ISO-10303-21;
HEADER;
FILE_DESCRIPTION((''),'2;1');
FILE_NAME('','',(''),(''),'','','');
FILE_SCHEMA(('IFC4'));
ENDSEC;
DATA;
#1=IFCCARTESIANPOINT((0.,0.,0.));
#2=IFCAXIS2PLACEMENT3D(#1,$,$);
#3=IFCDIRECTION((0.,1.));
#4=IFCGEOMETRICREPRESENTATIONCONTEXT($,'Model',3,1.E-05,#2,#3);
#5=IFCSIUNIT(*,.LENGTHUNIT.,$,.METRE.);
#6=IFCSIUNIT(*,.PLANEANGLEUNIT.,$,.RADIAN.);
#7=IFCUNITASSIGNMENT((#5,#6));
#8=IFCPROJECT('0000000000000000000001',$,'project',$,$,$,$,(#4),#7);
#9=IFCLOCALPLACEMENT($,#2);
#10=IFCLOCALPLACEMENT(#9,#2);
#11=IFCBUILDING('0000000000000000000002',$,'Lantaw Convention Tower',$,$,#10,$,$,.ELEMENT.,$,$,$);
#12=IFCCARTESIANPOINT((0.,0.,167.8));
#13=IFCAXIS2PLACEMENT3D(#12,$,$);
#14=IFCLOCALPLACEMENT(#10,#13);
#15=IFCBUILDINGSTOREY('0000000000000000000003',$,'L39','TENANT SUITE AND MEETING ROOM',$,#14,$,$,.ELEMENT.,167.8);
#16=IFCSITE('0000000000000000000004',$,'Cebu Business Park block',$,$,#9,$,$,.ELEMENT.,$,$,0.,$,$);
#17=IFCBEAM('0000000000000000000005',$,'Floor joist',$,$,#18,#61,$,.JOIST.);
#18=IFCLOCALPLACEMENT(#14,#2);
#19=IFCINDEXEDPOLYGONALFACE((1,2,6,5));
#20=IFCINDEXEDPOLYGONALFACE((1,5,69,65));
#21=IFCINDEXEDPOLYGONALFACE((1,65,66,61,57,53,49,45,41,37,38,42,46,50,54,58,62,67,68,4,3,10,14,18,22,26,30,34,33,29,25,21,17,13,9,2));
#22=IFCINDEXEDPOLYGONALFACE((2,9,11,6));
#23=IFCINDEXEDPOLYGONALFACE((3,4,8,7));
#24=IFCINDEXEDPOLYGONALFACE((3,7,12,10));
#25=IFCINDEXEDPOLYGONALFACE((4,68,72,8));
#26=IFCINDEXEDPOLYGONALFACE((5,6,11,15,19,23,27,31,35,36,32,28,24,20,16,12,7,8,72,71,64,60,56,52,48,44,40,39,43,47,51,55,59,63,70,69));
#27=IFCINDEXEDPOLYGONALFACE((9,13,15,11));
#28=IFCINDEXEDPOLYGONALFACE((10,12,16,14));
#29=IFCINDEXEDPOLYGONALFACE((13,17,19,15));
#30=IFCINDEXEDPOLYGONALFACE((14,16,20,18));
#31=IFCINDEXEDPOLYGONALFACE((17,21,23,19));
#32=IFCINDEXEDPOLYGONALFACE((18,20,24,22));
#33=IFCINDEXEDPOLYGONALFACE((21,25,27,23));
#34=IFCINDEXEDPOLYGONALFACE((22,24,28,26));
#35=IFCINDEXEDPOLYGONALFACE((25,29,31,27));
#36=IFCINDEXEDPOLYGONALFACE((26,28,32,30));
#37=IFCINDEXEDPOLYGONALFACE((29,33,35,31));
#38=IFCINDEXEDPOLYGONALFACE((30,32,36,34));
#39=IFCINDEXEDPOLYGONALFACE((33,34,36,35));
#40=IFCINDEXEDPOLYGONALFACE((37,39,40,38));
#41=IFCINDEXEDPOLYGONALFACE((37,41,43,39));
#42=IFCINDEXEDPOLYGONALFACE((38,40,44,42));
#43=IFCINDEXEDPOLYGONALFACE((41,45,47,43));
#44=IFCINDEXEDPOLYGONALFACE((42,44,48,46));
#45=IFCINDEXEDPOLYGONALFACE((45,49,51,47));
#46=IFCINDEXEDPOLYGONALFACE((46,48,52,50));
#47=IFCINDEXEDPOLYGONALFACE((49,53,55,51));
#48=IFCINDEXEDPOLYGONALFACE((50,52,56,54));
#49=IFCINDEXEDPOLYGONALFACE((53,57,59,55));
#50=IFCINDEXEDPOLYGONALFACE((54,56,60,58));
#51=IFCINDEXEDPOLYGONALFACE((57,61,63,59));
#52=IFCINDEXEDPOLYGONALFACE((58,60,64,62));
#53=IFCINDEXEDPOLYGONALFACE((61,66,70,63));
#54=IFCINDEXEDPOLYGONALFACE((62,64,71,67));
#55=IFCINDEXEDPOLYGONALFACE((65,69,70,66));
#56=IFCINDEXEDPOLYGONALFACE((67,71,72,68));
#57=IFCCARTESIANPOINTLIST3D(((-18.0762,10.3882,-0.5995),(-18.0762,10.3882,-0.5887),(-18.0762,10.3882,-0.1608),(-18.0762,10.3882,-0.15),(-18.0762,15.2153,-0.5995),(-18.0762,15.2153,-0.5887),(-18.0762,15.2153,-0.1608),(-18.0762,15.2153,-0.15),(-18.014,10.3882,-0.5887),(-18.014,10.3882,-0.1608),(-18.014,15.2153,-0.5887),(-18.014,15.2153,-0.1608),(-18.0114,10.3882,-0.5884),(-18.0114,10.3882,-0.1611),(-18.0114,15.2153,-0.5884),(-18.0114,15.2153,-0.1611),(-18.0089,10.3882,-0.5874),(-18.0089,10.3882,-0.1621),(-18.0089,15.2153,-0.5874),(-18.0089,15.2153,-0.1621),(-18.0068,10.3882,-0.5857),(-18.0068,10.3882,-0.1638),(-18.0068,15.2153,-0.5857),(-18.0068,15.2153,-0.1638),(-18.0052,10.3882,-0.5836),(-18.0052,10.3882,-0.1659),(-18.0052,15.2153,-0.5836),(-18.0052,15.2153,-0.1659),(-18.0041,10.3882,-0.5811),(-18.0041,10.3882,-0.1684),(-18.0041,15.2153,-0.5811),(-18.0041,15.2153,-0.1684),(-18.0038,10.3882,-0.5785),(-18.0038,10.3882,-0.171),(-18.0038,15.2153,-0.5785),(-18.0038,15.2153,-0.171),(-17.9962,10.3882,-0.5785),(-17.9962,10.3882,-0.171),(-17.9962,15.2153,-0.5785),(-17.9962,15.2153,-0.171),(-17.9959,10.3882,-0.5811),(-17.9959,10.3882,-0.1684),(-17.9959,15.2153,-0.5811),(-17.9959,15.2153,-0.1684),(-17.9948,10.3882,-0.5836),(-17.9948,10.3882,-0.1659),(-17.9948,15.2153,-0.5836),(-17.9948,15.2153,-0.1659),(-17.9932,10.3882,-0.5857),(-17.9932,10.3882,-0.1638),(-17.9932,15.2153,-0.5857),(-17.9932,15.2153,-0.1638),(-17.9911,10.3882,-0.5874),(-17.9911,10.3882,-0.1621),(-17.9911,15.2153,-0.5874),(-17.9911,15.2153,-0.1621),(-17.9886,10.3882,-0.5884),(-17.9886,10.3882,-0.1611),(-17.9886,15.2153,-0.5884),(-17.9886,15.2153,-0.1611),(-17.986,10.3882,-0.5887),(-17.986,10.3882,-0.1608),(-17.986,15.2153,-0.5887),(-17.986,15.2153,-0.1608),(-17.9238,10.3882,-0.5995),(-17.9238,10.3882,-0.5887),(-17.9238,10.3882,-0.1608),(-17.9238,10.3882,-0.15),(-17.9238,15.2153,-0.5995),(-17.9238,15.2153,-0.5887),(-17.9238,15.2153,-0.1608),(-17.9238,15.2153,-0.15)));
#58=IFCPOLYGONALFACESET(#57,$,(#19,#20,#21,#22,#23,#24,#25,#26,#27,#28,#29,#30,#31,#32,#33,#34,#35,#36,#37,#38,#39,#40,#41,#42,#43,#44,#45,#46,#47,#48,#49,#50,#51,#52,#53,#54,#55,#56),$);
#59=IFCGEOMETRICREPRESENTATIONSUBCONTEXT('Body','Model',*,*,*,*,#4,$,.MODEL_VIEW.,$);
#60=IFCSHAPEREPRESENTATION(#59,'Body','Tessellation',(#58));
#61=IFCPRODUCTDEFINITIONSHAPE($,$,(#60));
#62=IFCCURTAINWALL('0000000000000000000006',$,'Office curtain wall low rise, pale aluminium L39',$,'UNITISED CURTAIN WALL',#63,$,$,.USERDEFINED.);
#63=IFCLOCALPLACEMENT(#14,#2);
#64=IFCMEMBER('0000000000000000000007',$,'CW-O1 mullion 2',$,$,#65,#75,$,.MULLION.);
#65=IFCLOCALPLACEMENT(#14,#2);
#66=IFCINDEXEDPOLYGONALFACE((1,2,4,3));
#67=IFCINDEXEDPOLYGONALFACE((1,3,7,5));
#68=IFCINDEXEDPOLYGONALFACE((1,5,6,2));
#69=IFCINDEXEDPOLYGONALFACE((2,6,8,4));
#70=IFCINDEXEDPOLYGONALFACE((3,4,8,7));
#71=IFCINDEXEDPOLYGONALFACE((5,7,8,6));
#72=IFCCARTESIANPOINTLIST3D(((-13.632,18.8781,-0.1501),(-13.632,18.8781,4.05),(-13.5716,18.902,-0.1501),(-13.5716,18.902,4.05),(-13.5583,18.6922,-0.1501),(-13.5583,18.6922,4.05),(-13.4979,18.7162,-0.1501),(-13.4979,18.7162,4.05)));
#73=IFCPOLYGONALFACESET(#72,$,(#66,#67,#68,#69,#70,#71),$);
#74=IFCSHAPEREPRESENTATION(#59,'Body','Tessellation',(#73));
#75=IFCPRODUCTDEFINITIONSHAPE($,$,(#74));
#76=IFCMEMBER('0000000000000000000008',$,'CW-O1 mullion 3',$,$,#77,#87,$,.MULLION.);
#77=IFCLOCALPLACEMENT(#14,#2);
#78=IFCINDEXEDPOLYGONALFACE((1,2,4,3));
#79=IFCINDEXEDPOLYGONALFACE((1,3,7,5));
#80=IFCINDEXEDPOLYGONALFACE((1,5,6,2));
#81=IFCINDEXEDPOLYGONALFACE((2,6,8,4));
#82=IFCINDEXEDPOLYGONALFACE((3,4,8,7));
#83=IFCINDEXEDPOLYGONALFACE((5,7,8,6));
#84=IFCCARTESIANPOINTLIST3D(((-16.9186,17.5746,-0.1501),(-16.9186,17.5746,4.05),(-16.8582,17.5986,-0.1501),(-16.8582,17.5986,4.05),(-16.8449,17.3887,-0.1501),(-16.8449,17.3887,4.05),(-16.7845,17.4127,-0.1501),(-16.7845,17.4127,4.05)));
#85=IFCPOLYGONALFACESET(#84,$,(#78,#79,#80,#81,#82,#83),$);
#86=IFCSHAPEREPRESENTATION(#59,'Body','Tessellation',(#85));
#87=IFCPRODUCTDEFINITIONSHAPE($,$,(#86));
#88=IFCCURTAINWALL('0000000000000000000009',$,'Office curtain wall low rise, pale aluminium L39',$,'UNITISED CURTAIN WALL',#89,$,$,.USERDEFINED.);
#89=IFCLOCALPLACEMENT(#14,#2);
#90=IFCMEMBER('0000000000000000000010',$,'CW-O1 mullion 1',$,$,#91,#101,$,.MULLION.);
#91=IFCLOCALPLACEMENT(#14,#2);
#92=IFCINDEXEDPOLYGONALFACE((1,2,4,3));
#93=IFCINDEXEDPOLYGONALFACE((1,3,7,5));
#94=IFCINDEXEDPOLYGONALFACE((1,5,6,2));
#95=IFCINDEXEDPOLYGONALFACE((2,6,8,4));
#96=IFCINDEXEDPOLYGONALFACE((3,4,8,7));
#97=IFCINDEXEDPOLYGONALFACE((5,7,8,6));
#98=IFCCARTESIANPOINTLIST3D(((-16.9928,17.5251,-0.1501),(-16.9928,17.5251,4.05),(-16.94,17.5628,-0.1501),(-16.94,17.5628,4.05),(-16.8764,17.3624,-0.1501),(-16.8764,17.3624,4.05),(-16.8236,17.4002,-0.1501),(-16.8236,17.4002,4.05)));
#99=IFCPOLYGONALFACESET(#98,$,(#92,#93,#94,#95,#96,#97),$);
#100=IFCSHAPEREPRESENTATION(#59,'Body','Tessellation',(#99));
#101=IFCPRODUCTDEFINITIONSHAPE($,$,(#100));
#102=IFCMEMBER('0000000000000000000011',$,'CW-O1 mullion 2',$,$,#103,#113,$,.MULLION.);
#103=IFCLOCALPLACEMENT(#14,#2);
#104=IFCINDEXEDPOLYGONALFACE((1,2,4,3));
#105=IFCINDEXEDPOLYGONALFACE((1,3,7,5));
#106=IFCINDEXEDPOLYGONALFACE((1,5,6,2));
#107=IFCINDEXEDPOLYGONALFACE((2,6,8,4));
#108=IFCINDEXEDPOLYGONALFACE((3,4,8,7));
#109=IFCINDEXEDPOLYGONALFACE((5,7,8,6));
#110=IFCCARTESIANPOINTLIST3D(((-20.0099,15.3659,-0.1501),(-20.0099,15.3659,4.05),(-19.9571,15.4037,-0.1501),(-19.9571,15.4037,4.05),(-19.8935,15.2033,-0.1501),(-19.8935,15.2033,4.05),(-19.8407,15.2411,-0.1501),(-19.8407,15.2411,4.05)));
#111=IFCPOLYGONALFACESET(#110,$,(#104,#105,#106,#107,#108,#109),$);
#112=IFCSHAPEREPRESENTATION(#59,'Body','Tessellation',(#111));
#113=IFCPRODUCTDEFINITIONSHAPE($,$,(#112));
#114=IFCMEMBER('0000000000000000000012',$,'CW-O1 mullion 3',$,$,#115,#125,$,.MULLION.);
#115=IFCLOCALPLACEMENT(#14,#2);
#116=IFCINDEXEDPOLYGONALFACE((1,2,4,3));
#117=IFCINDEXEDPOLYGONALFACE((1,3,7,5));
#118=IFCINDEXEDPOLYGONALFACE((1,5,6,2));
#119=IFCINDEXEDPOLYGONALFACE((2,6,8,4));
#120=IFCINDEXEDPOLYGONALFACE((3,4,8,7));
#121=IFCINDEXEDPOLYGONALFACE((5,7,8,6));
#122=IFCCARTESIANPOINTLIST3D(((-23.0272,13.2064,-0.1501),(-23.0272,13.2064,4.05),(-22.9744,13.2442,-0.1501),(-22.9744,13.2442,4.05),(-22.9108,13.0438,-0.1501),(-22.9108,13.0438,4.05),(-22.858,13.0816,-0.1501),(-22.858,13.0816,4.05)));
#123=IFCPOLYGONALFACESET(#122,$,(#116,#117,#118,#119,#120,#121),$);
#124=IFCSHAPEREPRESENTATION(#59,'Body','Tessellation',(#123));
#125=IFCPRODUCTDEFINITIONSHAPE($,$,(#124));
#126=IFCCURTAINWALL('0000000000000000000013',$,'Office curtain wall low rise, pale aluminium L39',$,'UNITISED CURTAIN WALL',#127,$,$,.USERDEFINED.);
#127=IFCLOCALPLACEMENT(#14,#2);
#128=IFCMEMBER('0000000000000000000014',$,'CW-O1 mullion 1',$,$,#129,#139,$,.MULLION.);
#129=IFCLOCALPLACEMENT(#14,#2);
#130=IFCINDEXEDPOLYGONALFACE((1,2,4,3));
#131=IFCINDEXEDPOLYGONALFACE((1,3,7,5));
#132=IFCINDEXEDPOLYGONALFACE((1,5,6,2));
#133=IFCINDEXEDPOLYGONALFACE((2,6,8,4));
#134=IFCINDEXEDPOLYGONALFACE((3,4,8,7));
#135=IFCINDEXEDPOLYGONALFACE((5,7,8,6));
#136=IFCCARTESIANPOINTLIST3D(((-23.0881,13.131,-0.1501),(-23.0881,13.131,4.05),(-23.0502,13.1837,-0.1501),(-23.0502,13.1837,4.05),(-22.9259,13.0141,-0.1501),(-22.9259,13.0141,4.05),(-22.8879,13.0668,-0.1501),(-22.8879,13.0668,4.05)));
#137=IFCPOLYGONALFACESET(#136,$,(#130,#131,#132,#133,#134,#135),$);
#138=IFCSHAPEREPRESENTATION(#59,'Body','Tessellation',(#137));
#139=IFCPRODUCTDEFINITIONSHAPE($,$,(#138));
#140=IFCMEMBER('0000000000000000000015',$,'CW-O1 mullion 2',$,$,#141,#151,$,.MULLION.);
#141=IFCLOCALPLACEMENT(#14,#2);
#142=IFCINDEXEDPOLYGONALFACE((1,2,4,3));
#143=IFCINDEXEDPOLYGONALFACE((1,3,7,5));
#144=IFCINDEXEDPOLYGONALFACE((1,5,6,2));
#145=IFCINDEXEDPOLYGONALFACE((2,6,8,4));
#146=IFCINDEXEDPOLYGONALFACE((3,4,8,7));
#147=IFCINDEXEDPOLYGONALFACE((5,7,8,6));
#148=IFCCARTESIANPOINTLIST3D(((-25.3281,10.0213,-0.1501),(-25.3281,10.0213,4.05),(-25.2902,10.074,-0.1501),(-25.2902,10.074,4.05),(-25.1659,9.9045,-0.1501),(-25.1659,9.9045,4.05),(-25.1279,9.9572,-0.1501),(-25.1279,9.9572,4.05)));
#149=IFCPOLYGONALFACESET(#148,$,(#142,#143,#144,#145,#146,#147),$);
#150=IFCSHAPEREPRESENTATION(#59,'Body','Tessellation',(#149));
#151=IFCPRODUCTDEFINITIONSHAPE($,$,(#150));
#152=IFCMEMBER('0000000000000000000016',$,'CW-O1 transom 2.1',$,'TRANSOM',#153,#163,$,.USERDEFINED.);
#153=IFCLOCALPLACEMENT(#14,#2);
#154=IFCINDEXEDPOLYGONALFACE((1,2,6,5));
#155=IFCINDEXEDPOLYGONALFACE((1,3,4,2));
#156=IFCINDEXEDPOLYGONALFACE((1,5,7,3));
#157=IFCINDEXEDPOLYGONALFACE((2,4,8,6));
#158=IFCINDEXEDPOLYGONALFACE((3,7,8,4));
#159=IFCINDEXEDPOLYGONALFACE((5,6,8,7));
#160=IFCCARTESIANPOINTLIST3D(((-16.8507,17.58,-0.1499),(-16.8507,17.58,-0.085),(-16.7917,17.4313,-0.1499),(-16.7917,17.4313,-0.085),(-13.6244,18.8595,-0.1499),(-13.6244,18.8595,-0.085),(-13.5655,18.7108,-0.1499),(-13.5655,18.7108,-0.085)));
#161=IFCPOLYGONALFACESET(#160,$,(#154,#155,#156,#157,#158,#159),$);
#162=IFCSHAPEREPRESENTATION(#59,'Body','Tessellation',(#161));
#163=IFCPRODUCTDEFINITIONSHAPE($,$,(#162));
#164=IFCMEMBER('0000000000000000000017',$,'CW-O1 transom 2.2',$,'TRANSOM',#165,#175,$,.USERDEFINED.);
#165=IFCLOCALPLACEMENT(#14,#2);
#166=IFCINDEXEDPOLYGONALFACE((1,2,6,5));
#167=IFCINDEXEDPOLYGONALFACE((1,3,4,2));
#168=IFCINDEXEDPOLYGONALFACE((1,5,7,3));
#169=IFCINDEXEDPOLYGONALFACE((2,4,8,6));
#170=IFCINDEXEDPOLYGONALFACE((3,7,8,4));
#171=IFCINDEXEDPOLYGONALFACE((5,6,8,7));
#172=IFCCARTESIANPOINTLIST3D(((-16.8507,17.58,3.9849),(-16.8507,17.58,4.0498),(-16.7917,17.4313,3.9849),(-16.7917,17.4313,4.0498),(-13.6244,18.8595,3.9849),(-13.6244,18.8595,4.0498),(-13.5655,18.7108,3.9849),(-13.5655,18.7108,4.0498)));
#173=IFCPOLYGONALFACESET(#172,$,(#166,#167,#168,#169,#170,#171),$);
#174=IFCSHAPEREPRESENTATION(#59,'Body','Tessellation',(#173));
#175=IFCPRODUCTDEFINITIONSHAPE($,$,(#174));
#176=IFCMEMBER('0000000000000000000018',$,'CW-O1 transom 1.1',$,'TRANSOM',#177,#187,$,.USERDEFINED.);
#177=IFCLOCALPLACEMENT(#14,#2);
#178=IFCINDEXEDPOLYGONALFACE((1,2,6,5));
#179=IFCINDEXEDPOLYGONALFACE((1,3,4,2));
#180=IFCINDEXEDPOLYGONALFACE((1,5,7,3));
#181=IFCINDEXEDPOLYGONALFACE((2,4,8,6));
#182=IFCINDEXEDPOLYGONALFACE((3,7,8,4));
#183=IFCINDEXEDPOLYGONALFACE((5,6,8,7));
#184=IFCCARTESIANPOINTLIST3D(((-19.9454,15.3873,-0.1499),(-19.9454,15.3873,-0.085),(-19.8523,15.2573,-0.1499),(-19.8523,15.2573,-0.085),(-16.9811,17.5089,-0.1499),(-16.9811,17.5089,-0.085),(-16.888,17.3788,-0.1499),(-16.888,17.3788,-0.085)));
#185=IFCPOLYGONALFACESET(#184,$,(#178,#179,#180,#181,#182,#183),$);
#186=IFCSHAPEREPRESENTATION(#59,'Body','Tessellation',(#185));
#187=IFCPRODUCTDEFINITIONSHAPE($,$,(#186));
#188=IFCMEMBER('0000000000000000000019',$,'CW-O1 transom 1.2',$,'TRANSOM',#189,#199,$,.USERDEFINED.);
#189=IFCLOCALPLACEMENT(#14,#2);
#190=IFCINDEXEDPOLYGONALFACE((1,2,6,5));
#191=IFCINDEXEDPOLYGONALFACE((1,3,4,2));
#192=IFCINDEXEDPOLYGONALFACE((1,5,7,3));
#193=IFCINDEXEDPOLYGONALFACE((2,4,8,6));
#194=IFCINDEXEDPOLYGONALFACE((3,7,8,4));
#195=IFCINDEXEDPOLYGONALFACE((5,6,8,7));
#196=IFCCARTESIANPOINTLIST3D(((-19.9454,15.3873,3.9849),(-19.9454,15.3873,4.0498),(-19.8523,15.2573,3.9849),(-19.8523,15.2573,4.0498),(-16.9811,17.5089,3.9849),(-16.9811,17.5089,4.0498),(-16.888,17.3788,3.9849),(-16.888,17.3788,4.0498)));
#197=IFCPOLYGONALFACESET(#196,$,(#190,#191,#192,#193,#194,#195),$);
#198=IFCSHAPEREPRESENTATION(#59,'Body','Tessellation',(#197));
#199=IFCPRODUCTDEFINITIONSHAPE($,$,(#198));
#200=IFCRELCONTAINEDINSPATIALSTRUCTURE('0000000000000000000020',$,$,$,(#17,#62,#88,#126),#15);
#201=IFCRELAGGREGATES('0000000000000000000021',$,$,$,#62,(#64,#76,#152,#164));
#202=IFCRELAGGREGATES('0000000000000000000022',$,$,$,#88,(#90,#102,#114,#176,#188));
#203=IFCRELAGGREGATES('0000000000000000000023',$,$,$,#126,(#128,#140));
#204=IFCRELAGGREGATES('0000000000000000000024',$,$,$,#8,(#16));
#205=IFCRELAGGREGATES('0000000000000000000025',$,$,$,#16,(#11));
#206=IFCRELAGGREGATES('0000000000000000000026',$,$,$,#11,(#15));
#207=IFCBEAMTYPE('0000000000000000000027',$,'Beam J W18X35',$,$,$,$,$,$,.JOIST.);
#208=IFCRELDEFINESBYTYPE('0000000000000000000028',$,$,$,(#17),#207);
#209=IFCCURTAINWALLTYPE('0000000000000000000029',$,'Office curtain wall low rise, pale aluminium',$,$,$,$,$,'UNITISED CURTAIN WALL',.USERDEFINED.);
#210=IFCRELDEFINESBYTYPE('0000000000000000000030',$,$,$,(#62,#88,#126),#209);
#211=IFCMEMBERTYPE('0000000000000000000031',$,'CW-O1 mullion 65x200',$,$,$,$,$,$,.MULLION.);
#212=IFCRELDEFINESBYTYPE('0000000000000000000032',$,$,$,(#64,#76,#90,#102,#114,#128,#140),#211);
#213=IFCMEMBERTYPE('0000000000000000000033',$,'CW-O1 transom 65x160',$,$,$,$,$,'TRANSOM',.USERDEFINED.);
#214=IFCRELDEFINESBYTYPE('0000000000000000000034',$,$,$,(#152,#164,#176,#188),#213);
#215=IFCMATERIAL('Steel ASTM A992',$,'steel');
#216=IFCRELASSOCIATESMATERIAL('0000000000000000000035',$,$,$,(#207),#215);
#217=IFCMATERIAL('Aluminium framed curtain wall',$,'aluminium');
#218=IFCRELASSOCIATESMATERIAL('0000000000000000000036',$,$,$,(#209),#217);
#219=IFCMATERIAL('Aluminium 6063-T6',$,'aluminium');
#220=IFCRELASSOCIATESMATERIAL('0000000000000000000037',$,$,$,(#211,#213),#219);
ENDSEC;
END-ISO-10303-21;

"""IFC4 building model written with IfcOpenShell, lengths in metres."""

from ifc_helpers import new_model, si_unit, direction, frame, origin, origin_2d, place, context, subcontext, project, spatial, rectangle, i_section, extrude, material, material_profile, profile_set, type_object, element, aggregate, save


model = new_model("IFC4")

# Units and contexts
model_context = context("Model", 3, precision=1e-05, world=origin(), true_north=direction((0.0, 1.0)))
body_context = subcontext(model_context, "Body", "Model", "MODEL_VIEW")
ifc_project = project(units=[si_unit("LENGTHUNIT", "METRE"), si_unit("PLANEANGLEUNIT", "RADIAN")], contexts=[model_context])

# Site, building, storey
site_placement = place(None, origin())
site = spatial("IfcSite", under=ifc_project, at=site_placement, Name="Cebu Business Park block", CompositionType="ELEMENT", RefElevation=0.0)
building_placement = place(site_placement, origin())
building = spatial("IfcBuilding", under=site, at=building_placement, Name="Lantaw Convention Tower", CompositionType="ELEMENT")
storey_placement = place(building_placement, frame((0.0, 0.0, 167.8)))
storey = spatial("IfcBuildingStorey", under=building, at=storey_placement, Name="L39", Description="TENANT SUITE AND MEETING ROOM", CompositionType="ELEMENT", Elevation=167.8)

# Beam
ifc_material_1 = material(Name="Steel ASTM A992", Category="steel")
ifc_material_profile_1 = material_profile(ifc_material_1, i_section(OverallWidth=0.1523, OverallDepth=0.4495, WebThickness=0.0076, FlangeThickness=0.0107, FilletRadius=0.0103, at=origin_2d()), Name="W18X35")
ifc_profile_set_1 = profile_set([ifc_material_profile_1], Name="Steel ASTM A992")
beam_type_1 = type_object("IfcBeamType", Name="Beam J W18X35", PredefinedType="JOIST", material=ifc_profile_set_1)
beam_1_placement = place(storey_placement, frame((-18.0, 10.3882, -0.3748), z_axis=(0.0, 1.0, 0.0), x_axis=(-1.0, 0.0, 0.0)))
element("IfcBeam", 1, at=beam_1_placement, inside=storey, type_object=beam_type_1, Name="Floor joist", PredefinedType="JOIST", context=body_context, shape_type="SweptSolid", body=[
    extrude(i_section(OverallWidth=0.1523, OverallDepth=0.4495, WebThickness=0.0076, FlangeThickness=0.0107, FilletRadius=0.0103, at=origin_2d()), origin(), (0.0, 0.0, 1.0), 4.8271),
])

# Curtain walls, members
ifc_material_2 = material(Name="Aluminium framed curtain wall", Category="aluminium")
curtain_wall_type = type_object("IfcCurtainWallType", Name="Office curtain wall low rise, pale aluminium", ElementType="UNITISED CURTAIN WALL", PredefinedType="USERDEFINED", material=ifc_material_2)
curtain_wall_1_placement = place(storey_placement, origin())
curtain_wall_1 = element("IfcCurtainWall", 2, at=curtain_wall_1_placement, inside=storey, type_object=curtain_wall_type, Name="Office curtain wall low rise, pale aluminium L39", ObjectType="UNITISED CURTAIN WALL", PredefinedType="USERDEFINED")
ifc_material_3 = material(Name="Aluminium 6063-T6", Category="aluminium")
ifc_material_profile_2 = material_profile(ifc_material_3, rectangle(XDim=0.2, YDim=0.0649, at=origin_2d()), Name="CW-O1 mullion 65x200")
ifc_profile_set_2 = profile_set([ifc_material_profile_2], Name="Aluminium 6063-T6")
member_type_1 = type_object("IfcMemberType", Name="CW-O1 mullion 65x200", PredefinedType="MULLION", material=ifc_profile_set_2)
member_1_placement = place(storey_placement, frame((-13.5649, 18.7971, -0.1501), z_axis=(0.0, 0.0, 1.0), x_axis=(0.368702, -0.929548, 0.0)))
member_1 = element("IfcMember", 3, at=member_1_placement, type_object=member_type_1, Name="CW-O1 mullion 2", PredefinedType="MULLION", context=body_context, shape_type="SweptSolid", body=[
    extrude(rectangle(XDim=0.2, YDim=0.0649, at=origin_2d()), origin(), (0.0, 0.0, 1.0), 4.2002),
])
member_2_placement = place(storey_placement, frame((-16.8516, 17.4937, -0.1501), z_axis=(0.0, 0.0, 1.0), x_axis=(0.368702, -0.929548, 0.0)))
member_2 = element("IfcMember", 4, at=member_2_placement, type_object=member_type_1, Name="CW-O1 mullion 3", PredefinedType="MULLION", context=body_context, shape_type="SweptSolid", body=[
    extrude(rectangle(XDim=0.2, YDim=0.0649, at=origin_2d()), origin(), (0.0, 0.0, 1.0), 4.2002),
])
curtain_wall_2_placement = place(storey_placement, origin())
curtain_wall_2 = element("IfcCurtainWall", 5, at=curtain_wall_2_placement, inside=storey, type_object=curtain_wall_type, Name="Office curtain wall low rise, pale aluminium L39", ObjectType="UNITISED CURTAIN WALL", PredefinedType="USERDEFINED")
member_3_placement = place(storey_placement, frame((-16.9082, 17.4626, -0.1501), z_axis=(0.0, 0.0, 1.0), x_axis=(0.581973, -0.813208, 0.0)))
member_3 = element("IfcMember", 6, at=member_3_placement, type_object=member_type_1, Name="CW-O1 mullion 1", PredefinedType="MULLION", context=body_context, shape_type="SweptSolid", body=[
    extrude(rectangle(XDim=0.2, YDim=0.0649, at=origin_2d()), origin(), (0.0, 0.0, 1.0), 4.2002),
])
member_4_placement = place(storey_placement, frame((-19.9253, 15.3035, -0.1501), z_axis=(0.0, 0.0, 1.0), x_axis=(0.581973, -0.813208, 0.0)))
member_4 = element("IfcMember", 7, at=member_4_placement, type_object=member_type_1, Name="CW-O1 mullion 2", PredefinedType="MULLION", context=body_context, shape_type="SweptSolid", body=[
    extrude(rectangle(XDim=0.2, YDim=0.0649, at=origin_2d()), origin(), (0.0, 0.0, 1.0), 4.2002),
])
member_5_placement = place(storey_placement, frame((-22.9426, 13.144, -0.1501), z_axis=(0.0, 0.0, 1.0), x_axis=(0.581973, -0.813208, 0.0)))
member_5 = element("IfcMember", 8, at=member_5_placement, type_object=member_type_1, Name="CW-O1 mullion 3", PredefinedType="MULLION", context=body_context, shape_type="SweptSolid", body=[
    extrude(rectangle(XDim=0.2, YDim=0.0649, at=origin_2d()), origin(), (0.0, 0.0, 1.0), 4.2002),
])
curtain_wall_3_placement = place(storey_placement, origin())
curtain_wall_3 = element("IfcCurtainWall", 9, at=curtain_wall_3_placement, inside=storey, type_object=curtain_wall_type, Name="Office curtain wall low rise, pale aluminium L39", ObjectType="UNITISED CURTAIN WALL", PredefinedType="USERDEFINED")
member_6_placement = place(storey_placement, frame((-22.988, 13.0989, -0.1501), z_axis=(0.0, 0.0, 1.0), x_axis=(0.811385, -0.584513, 0.0)))
member_6 = element("IfcMember", 10, at=member_6_placement, type_object=member_type_1, Name="CW-O1 mullion 1", PredefinedType="MULLION", context=body_context, shape_type="SweptSolid", body=[
    extrude(rectangle(XDim=0.2, YDim=0.0649, at=origin_2d()), origin(), (0.0, 0.0, 1.0), 4.2002),
])
member_7_placement = place(storey_placement, frame((-25.228, 9.9893, -0.1501), z_axis=(0.0, 0.0, 1.0), x_axis=(0.811385, -0.584513, 0.0)))
member_7 = element("IfcMember", 11, at=member_7_placement, type_object=member_type_1, Name="CW-O1 mullion 2", PredefinedType="MULLION", context=body_context, shape_type="SweptSolid", body=[
    extrude(rectangle(XDim=0.2, YDim=0.0649, at=origin_2d()), origin(), (0.0, 0.0, 1.0), 4.2002),
])

# Members
ifc_material_profile_3 = material_profile(ifc_material_3, rectangle(XDim=0.1599, YDim=0.0649, at=origin_2d()), Name="CW-O1 transom 65x160")
ifc_profile_set_3 = profile_set([ifc_material_profile_3], Name="Aluminium 6063-T6")
member_type_2 = type_object("IfcMemberType", Name="CW-O1 transom 65x160", ElementType="TRANSOM", PredefinedType="USERDEFINED", material=ifc_profile_set_3)
member_8_placement = place(storey_placement, frame((-13.595, 18.7852, -0.1174), z_axis=(-0.929564, -0.36866, 0.0), x_axis=(0.36866, -0.929564, 0.0)))
member_8 = element("IfcMember", 12, at=member_8_placement, type_object=member_type_2, Name="CW-O1 transom 2.1", ObjectType="TRANSOM", PredefinedType="USERDEFINED", context=body_context, shape_type="SweptSolid", body=[
    extrude(rectangle(XDim=0.1599, YDim=0.0649, at=origin_2d()), origin(), (0.0, 0.0, 1.0), 3.4707),
])
member_9_placement = place(storey_placement, frame((-13.595, 18.7852, 4.0173), z_axis=(-0.929564, -0.36866, 0.0), x_axis=(0.36866, -0.929564, 0.0)))
member_9 = element("IfcMember", 13, at=member_9_placement, type_object=member_type_2, Name="CW-O1 transom 2.2", ObjectType="TRANSOM", PredefinedType="USERDEFINED", context=body_context, shape_type="SweptSolid", body=[
    extrude(rectangle(XDim=0.1599, YDim=0.0649, at=origin_2d()), origin(), (0.0, 0.0, 1.0), 3.4707),
])
member_10_placement = place(storey_placement, frame((-16.9346, 17.4438, -0.1174), z_axis=(-0.81319, -0.581998, 0.0), x_axis=(0.581998, -0.81319, 0.0)))
member_10 = element("IfcMember", 14, at=member_10_placement, type_object=member_type_2, Name="CW-O1 transom 1.1", ObjectType="TRANSOM", PredefinedType="USERDEFINED", context=body_context, shape_type="SweptSolid", body=[
    extrude(rectangle(XDim=0.1599, YDim=0.0649, at=origin_2d()), origin(), (0.0, 0.0, 1.0), 3.6453),
])
member_11_placement = place(storey_placement, frame((-16.9346, 17.4438, 4.0173), z_axis=(-0.81319, -0.581998, 0.0), x_axis=(0.581998, -0.81319, 0.0)))
member_11 = element("IfcMember", 15, at=member_11_placement, type_object=member_type_2, Name="CW-O1 transom 1.2", ObjectType="TRANSOM", PredefinedType="USERDEFINED", context=body_context, shape_type="SweptSolid", body=[
    extrude(rectangle(XDim=0.1599, YDim=0.0649, at=origin_2d()), origin(), (0.0, 0.0, 1.0), 3.6453),
])

aggregate(curtain_wall_1, [member_1, member_2, member_8, member_9])
aggregate(curtain_wall_2, [member_3, member_4, member_5, member_10, member_11])
aggregate(curtain_wall_3, [member_6, member_7])

save(model, "model.ifc")
